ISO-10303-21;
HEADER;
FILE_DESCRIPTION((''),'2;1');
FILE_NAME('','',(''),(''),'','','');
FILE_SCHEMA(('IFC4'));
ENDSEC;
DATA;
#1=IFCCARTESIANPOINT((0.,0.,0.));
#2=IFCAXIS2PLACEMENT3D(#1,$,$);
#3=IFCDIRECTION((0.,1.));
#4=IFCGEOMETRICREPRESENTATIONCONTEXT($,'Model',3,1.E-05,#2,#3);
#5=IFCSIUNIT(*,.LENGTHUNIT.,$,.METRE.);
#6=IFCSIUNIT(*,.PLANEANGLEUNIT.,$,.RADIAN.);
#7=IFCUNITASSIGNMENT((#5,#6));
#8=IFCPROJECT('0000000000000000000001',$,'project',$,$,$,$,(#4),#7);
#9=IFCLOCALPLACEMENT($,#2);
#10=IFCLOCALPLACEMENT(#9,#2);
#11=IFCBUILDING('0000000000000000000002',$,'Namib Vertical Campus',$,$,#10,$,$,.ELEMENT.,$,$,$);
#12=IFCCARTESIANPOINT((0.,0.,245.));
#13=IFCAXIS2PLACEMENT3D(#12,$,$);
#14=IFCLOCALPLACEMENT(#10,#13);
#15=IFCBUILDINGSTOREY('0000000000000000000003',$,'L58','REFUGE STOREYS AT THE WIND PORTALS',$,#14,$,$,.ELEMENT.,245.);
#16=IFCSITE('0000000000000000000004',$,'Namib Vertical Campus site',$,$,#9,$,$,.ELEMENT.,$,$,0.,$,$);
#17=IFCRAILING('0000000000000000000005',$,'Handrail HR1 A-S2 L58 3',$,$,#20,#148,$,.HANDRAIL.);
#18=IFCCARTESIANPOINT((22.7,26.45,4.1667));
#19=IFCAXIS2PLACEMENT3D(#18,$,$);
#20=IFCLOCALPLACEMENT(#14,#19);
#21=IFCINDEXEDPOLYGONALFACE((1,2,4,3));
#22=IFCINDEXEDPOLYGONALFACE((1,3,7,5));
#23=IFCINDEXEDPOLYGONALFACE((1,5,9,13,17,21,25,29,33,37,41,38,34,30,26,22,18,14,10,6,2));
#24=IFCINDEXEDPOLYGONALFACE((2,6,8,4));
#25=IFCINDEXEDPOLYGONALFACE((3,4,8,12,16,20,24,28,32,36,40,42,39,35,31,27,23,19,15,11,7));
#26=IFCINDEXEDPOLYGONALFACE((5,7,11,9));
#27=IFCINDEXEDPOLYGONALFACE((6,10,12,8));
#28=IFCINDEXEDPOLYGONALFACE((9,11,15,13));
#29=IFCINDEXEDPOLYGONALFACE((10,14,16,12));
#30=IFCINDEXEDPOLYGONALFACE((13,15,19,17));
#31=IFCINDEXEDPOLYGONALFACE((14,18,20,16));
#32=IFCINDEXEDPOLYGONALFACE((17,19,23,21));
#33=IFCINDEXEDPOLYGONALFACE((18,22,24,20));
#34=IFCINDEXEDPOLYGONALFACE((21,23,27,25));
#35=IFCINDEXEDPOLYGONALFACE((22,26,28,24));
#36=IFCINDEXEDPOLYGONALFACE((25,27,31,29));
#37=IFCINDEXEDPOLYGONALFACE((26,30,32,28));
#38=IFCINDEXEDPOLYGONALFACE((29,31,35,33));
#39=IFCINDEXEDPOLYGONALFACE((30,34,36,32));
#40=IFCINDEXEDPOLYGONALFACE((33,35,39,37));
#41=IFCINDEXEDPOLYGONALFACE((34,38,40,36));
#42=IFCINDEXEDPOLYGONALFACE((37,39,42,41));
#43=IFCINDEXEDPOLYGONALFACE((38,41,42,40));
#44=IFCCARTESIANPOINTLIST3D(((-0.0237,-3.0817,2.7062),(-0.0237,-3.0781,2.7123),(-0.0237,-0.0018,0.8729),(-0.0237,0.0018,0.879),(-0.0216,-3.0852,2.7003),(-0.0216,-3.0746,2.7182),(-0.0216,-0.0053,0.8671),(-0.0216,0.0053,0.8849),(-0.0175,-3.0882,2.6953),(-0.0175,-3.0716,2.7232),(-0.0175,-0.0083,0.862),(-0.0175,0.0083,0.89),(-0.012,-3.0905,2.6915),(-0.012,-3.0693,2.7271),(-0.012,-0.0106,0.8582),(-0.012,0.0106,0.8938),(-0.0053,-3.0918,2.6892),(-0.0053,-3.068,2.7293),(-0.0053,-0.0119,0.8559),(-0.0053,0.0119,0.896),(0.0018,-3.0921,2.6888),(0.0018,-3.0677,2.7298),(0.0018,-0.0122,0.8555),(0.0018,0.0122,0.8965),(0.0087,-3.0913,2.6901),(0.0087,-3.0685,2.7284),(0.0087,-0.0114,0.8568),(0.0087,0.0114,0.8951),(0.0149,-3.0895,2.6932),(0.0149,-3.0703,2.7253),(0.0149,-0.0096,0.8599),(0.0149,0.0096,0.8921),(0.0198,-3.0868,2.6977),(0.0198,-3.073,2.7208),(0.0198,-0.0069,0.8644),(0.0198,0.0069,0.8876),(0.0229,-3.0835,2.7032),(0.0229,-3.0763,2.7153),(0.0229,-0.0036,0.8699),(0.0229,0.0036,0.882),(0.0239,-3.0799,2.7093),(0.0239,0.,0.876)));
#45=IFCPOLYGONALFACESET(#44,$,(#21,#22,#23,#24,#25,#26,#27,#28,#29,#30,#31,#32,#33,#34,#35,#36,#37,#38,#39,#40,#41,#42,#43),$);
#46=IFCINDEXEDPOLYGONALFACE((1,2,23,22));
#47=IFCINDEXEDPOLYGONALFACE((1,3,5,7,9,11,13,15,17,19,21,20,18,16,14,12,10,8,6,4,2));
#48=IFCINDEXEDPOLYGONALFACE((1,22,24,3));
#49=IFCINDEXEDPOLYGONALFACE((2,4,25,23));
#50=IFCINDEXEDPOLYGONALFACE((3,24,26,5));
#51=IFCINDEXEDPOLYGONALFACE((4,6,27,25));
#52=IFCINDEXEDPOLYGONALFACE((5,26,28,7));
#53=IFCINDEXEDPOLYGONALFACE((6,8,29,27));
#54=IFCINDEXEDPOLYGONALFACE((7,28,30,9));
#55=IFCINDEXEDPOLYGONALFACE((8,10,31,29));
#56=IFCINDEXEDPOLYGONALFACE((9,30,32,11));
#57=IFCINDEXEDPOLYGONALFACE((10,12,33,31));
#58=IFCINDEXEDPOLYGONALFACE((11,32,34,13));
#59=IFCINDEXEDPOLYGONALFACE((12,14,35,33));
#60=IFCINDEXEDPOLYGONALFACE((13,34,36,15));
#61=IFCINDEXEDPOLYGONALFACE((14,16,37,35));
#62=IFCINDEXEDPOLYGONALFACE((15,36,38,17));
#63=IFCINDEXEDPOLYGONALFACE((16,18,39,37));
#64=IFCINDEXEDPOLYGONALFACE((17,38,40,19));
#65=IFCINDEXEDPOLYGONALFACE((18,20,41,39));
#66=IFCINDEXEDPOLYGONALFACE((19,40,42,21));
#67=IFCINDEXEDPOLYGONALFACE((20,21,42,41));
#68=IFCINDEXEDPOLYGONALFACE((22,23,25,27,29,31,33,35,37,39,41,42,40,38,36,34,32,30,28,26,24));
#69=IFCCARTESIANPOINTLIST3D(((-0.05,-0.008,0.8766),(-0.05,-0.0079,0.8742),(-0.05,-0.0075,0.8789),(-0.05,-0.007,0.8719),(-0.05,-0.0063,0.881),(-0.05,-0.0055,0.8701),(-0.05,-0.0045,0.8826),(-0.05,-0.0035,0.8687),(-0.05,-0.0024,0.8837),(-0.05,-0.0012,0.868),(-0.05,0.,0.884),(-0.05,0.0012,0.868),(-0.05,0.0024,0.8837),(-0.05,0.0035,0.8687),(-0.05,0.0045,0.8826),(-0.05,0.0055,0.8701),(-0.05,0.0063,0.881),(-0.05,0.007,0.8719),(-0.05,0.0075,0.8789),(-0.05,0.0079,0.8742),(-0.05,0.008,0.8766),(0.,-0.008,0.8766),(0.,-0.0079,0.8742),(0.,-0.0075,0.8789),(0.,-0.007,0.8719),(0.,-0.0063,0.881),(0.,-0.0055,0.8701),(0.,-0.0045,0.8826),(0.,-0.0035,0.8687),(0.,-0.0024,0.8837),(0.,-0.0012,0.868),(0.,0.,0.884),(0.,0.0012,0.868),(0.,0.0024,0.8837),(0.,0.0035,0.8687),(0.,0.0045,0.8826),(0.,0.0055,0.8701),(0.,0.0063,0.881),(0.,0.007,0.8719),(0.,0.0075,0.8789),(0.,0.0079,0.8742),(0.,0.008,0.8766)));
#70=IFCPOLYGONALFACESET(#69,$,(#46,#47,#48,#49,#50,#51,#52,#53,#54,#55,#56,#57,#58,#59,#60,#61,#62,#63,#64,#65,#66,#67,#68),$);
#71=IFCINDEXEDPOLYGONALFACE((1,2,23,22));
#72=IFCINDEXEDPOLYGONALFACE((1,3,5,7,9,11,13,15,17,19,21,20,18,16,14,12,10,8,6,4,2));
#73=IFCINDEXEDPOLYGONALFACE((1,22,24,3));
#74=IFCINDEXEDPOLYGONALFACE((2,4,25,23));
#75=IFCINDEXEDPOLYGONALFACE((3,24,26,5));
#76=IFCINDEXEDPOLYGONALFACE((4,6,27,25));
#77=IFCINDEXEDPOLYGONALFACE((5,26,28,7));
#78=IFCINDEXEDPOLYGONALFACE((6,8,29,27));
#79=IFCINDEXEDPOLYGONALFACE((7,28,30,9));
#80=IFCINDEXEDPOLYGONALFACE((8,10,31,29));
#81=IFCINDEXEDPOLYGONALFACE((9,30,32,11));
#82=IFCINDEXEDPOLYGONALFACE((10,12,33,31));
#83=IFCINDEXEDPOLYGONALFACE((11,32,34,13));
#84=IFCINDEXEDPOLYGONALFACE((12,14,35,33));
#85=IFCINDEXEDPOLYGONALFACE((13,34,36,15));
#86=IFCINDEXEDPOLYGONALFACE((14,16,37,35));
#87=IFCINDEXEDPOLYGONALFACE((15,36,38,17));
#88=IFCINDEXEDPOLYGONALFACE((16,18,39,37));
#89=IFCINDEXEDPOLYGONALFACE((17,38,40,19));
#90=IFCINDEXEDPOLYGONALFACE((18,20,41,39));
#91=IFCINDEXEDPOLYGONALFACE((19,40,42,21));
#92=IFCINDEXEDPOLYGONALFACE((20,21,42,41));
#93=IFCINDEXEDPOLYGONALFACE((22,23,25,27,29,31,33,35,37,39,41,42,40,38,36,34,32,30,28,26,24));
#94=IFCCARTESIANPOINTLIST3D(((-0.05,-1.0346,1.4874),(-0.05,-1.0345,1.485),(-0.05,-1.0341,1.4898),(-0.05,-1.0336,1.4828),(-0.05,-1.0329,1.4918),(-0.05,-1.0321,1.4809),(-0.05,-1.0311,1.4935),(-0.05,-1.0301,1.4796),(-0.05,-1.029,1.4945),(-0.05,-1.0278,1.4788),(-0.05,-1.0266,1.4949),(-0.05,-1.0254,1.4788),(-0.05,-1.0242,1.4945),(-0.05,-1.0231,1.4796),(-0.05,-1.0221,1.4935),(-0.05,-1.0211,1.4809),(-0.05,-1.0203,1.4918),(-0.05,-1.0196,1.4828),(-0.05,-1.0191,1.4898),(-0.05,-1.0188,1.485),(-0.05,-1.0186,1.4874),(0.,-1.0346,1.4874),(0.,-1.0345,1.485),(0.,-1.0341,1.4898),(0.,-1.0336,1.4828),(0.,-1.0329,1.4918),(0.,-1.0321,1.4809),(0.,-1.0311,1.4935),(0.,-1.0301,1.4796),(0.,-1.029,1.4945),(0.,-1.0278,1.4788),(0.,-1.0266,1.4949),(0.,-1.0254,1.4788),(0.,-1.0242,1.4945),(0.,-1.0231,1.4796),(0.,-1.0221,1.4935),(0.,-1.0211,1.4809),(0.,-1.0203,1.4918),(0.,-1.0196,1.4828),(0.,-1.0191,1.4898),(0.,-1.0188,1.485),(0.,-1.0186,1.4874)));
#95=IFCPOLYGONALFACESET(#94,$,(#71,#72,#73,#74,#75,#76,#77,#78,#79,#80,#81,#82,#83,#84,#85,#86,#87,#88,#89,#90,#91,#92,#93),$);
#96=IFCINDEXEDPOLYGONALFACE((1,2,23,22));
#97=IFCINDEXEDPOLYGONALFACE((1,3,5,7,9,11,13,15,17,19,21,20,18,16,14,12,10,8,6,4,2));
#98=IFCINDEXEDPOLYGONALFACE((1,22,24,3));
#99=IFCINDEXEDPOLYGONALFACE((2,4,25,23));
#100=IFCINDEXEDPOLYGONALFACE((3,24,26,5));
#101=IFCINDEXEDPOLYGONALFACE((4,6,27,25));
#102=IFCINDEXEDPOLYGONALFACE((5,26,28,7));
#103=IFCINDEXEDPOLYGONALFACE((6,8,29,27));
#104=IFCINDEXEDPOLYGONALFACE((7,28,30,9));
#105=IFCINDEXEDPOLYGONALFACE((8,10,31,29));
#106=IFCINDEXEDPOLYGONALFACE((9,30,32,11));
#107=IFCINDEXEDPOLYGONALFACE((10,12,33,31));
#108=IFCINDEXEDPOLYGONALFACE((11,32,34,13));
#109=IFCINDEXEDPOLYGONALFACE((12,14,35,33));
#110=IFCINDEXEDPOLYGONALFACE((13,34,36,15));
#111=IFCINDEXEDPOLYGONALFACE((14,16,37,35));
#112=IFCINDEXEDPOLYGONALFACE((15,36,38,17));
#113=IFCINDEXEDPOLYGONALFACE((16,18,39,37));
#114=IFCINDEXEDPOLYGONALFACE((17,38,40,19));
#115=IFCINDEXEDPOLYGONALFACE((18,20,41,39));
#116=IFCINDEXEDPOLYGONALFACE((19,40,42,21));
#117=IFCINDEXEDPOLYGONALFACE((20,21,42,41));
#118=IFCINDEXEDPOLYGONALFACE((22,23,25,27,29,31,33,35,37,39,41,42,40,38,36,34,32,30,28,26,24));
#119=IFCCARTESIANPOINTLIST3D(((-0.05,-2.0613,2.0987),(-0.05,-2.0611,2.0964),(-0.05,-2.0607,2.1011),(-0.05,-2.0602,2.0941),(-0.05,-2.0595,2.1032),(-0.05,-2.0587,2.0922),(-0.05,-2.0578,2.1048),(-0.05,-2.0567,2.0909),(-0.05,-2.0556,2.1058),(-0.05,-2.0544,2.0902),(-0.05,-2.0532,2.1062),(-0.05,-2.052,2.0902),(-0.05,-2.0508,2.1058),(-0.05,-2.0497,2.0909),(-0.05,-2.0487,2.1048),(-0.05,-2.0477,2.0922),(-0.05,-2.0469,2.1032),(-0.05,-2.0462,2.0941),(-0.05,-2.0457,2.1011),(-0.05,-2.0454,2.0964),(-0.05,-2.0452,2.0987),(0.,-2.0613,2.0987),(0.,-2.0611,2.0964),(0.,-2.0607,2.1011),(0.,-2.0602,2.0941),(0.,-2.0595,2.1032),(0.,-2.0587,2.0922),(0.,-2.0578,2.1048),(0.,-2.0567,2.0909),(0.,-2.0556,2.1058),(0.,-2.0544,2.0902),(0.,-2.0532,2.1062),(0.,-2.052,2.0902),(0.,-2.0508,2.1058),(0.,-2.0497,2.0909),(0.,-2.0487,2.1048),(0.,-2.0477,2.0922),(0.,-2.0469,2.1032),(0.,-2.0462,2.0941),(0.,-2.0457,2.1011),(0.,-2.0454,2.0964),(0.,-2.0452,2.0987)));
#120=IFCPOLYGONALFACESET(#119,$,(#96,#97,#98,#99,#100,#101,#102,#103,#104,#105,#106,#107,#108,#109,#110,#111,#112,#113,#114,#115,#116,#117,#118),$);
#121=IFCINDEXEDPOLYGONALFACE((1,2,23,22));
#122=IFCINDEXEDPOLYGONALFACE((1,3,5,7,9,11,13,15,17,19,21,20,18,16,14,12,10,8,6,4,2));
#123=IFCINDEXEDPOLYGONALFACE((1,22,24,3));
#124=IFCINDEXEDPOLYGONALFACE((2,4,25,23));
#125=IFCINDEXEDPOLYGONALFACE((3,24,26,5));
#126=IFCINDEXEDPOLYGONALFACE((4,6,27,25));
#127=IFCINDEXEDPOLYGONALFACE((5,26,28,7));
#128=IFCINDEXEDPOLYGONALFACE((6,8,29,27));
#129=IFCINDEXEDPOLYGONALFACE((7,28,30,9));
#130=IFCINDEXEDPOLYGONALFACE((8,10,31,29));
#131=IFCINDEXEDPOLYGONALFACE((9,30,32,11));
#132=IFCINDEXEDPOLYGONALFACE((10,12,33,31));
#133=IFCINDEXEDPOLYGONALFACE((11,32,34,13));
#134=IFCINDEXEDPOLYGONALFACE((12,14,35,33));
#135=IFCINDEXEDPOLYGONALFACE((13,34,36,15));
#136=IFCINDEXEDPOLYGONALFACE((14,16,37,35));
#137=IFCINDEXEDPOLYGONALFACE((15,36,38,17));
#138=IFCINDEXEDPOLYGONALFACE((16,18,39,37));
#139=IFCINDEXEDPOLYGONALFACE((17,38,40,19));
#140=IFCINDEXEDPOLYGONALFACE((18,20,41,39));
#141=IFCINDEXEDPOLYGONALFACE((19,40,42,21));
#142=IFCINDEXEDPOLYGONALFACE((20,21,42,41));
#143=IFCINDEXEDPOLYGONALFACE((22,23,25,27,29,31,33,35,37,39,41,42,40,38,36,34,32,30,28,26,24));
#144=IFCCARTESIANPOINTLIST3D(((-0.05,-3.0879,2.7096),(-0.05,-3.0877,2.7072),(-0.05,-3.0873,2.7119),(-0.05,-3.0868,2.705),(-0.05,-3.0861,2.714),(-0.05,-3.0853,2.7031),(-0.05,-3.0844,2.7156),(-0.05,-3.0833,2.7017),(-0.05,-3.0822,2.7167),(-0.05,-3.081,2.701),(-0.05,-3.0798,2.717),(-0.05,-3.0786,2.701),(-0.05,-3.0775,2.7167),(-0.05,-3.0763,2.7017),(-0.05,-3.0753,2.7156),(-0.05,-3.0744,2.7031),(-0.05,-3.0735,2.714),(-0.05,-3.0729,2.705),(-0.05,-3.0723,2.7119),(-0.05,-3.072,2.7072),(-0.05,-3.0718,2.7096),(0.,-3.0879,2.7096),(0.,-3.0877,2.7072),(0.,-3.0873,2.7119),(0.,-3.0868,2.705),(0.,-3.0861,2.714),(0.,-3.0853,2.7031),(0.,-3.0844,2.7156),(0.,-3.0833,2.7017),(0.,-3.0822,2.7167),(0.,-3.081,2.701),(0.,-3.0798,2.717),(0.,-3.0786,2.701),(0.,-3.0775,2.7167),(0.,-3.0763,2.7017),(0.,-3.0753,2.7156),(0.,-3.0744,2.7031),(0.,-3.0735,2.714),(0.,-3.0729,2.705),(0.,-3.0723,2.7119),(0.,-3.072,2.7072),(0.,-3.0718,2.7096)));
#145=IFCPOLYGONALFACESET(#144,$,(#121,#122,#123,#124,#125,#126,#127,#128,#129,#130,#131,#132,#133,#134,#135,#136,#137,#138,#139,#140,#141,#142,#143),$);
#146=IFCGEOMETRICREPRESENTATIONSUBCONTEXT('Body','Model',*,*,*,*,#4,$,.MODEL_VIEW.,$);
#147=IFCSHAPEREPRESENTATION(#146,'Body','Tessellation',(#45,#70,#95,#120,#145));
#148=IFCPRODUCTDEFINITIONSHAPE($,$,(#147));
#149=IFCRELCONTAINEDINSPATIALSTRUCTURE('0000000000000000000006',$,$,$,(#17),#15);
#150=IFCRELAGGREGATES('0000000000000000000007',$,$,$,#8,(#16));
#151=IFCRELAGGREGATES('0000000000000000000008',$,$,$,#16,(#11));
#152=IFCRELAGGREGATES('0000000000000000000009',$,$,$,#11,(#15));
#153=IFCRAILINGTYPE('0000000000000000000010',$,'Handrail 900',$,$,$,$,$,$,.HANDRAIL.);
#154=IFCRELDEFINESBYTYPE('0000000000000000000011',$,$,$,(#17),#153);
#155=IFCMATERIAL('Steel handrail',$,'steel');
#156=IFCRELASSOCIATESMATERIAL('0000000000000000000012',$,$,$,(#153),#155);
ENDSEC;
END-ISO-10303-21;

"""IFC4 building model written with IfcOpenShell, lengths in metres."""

from ifc_helpers import new_model, si_unit, direction, frame, origin, origin_2d, place, context, subcontext, project, spatial, circle, extrude, material, type_object, element, save


model = new_model("IFC4")

# Units and contexts
model_context = context("Model", 3, precision=1e-05, world=origin(), true_north=direction((0.0, 1.0)))
body_context = subcontext(model_context, "Body", "Model", "MODEL_VIEW")
ifc_project = project(units=[si_unit("LENGTHUNIT", "METRE"), si_unit("PLANEANGLEUNIT", "RADIAN")], contexts=[model_context])

# Site, building, storey
site_placement = place(None, origin())
site = spatial("IfcSite", under=ifc_project, at=site_placement, Name="Namib Vertical Campus site", CompositionType="ELEMENT", RefElevation=0.0)
building_placement = place(site_placement, origin())
building = spatial("IfcBuilding", under=site, at=building_placement, Name="Namib Vertical Campus", CompositionType="ELEMENT")
storey_placement = place(building_placement, frame((0.0, 0.0, 245.0)))
storey = spatial("IfcBuildingStorey", under=building, at=storey_placement, Name="L58", Description="REFUGE STOREYS AT THE WIND PORTALS", CompositionType="ELEMENT", Elevation=245.0)

# Railing
ifc_material_1 = material(Name="Steel handrail", Category="steel")
railing_type_1 = type_object("IfcRailingType", Name="Handrail 900", PredefinedType="HANDRAIL", material=ifc_material_1)
railing_1_placement = place(storey_placement, frame((22.7, 26.45, 4.1667)))
element("IfcRailing", 1, at=railing_1_placement, inside=storey, type_object=railing_type_1, Name="Handrail HR1 A-S2 L58 3", PredefinedType="HANDRAIL", context=body_context, shape_type="SweptSolid", body=[
    extrude(circle(Radius=0.0239, at=origin_2d()), frame((0.0, 0.0, 0.876), z_axis=(0.0, -0.859291, 0.511487), x_axis=(1.0, 0.0, 0.0)), (0.0, 0.0, 1.0), 3.5842),
    extrude(circle(Radius=0.0081, at=origin_2d()), frame((0.0, 0.0, 0.876), z_axis=(-1.0, 0.0, 0.0), x_axis=(0.0, 0.0, 1.0)), (0.0, 0.0, 1.0), 0.05),
    extrude(circle(Radius=0.0081, at=origin_2d()), frame((0.0, -1.0266, 1.4868), z_axis=(-1.0, 0.0, 0.0), x_axis=(0.0, 0.0, 1.0)), (0.0, 0.0, 1.0), 0.05),
    extrude(circle(Radius=0.0081, at=origin_2d()), frame((0.0, -2.0532, 2.0981), z_axis=(-1.0, 0.0, 0.0), x_axis=(0.0, 0.0, 1.0)), (0.0, 0.0, 1.0), 0.05),
    extrude(circle(Radius=0.0081, at=origin_2d()), frame((0.0, -3.0798, 2.709), z_axis=(-1.0, 0.0, 0.0), x_axis=(0.0, 0.0, 1.0)), (0.0, 0.0, 1.0), 0.05),
])

save(model, "model.ifc")
